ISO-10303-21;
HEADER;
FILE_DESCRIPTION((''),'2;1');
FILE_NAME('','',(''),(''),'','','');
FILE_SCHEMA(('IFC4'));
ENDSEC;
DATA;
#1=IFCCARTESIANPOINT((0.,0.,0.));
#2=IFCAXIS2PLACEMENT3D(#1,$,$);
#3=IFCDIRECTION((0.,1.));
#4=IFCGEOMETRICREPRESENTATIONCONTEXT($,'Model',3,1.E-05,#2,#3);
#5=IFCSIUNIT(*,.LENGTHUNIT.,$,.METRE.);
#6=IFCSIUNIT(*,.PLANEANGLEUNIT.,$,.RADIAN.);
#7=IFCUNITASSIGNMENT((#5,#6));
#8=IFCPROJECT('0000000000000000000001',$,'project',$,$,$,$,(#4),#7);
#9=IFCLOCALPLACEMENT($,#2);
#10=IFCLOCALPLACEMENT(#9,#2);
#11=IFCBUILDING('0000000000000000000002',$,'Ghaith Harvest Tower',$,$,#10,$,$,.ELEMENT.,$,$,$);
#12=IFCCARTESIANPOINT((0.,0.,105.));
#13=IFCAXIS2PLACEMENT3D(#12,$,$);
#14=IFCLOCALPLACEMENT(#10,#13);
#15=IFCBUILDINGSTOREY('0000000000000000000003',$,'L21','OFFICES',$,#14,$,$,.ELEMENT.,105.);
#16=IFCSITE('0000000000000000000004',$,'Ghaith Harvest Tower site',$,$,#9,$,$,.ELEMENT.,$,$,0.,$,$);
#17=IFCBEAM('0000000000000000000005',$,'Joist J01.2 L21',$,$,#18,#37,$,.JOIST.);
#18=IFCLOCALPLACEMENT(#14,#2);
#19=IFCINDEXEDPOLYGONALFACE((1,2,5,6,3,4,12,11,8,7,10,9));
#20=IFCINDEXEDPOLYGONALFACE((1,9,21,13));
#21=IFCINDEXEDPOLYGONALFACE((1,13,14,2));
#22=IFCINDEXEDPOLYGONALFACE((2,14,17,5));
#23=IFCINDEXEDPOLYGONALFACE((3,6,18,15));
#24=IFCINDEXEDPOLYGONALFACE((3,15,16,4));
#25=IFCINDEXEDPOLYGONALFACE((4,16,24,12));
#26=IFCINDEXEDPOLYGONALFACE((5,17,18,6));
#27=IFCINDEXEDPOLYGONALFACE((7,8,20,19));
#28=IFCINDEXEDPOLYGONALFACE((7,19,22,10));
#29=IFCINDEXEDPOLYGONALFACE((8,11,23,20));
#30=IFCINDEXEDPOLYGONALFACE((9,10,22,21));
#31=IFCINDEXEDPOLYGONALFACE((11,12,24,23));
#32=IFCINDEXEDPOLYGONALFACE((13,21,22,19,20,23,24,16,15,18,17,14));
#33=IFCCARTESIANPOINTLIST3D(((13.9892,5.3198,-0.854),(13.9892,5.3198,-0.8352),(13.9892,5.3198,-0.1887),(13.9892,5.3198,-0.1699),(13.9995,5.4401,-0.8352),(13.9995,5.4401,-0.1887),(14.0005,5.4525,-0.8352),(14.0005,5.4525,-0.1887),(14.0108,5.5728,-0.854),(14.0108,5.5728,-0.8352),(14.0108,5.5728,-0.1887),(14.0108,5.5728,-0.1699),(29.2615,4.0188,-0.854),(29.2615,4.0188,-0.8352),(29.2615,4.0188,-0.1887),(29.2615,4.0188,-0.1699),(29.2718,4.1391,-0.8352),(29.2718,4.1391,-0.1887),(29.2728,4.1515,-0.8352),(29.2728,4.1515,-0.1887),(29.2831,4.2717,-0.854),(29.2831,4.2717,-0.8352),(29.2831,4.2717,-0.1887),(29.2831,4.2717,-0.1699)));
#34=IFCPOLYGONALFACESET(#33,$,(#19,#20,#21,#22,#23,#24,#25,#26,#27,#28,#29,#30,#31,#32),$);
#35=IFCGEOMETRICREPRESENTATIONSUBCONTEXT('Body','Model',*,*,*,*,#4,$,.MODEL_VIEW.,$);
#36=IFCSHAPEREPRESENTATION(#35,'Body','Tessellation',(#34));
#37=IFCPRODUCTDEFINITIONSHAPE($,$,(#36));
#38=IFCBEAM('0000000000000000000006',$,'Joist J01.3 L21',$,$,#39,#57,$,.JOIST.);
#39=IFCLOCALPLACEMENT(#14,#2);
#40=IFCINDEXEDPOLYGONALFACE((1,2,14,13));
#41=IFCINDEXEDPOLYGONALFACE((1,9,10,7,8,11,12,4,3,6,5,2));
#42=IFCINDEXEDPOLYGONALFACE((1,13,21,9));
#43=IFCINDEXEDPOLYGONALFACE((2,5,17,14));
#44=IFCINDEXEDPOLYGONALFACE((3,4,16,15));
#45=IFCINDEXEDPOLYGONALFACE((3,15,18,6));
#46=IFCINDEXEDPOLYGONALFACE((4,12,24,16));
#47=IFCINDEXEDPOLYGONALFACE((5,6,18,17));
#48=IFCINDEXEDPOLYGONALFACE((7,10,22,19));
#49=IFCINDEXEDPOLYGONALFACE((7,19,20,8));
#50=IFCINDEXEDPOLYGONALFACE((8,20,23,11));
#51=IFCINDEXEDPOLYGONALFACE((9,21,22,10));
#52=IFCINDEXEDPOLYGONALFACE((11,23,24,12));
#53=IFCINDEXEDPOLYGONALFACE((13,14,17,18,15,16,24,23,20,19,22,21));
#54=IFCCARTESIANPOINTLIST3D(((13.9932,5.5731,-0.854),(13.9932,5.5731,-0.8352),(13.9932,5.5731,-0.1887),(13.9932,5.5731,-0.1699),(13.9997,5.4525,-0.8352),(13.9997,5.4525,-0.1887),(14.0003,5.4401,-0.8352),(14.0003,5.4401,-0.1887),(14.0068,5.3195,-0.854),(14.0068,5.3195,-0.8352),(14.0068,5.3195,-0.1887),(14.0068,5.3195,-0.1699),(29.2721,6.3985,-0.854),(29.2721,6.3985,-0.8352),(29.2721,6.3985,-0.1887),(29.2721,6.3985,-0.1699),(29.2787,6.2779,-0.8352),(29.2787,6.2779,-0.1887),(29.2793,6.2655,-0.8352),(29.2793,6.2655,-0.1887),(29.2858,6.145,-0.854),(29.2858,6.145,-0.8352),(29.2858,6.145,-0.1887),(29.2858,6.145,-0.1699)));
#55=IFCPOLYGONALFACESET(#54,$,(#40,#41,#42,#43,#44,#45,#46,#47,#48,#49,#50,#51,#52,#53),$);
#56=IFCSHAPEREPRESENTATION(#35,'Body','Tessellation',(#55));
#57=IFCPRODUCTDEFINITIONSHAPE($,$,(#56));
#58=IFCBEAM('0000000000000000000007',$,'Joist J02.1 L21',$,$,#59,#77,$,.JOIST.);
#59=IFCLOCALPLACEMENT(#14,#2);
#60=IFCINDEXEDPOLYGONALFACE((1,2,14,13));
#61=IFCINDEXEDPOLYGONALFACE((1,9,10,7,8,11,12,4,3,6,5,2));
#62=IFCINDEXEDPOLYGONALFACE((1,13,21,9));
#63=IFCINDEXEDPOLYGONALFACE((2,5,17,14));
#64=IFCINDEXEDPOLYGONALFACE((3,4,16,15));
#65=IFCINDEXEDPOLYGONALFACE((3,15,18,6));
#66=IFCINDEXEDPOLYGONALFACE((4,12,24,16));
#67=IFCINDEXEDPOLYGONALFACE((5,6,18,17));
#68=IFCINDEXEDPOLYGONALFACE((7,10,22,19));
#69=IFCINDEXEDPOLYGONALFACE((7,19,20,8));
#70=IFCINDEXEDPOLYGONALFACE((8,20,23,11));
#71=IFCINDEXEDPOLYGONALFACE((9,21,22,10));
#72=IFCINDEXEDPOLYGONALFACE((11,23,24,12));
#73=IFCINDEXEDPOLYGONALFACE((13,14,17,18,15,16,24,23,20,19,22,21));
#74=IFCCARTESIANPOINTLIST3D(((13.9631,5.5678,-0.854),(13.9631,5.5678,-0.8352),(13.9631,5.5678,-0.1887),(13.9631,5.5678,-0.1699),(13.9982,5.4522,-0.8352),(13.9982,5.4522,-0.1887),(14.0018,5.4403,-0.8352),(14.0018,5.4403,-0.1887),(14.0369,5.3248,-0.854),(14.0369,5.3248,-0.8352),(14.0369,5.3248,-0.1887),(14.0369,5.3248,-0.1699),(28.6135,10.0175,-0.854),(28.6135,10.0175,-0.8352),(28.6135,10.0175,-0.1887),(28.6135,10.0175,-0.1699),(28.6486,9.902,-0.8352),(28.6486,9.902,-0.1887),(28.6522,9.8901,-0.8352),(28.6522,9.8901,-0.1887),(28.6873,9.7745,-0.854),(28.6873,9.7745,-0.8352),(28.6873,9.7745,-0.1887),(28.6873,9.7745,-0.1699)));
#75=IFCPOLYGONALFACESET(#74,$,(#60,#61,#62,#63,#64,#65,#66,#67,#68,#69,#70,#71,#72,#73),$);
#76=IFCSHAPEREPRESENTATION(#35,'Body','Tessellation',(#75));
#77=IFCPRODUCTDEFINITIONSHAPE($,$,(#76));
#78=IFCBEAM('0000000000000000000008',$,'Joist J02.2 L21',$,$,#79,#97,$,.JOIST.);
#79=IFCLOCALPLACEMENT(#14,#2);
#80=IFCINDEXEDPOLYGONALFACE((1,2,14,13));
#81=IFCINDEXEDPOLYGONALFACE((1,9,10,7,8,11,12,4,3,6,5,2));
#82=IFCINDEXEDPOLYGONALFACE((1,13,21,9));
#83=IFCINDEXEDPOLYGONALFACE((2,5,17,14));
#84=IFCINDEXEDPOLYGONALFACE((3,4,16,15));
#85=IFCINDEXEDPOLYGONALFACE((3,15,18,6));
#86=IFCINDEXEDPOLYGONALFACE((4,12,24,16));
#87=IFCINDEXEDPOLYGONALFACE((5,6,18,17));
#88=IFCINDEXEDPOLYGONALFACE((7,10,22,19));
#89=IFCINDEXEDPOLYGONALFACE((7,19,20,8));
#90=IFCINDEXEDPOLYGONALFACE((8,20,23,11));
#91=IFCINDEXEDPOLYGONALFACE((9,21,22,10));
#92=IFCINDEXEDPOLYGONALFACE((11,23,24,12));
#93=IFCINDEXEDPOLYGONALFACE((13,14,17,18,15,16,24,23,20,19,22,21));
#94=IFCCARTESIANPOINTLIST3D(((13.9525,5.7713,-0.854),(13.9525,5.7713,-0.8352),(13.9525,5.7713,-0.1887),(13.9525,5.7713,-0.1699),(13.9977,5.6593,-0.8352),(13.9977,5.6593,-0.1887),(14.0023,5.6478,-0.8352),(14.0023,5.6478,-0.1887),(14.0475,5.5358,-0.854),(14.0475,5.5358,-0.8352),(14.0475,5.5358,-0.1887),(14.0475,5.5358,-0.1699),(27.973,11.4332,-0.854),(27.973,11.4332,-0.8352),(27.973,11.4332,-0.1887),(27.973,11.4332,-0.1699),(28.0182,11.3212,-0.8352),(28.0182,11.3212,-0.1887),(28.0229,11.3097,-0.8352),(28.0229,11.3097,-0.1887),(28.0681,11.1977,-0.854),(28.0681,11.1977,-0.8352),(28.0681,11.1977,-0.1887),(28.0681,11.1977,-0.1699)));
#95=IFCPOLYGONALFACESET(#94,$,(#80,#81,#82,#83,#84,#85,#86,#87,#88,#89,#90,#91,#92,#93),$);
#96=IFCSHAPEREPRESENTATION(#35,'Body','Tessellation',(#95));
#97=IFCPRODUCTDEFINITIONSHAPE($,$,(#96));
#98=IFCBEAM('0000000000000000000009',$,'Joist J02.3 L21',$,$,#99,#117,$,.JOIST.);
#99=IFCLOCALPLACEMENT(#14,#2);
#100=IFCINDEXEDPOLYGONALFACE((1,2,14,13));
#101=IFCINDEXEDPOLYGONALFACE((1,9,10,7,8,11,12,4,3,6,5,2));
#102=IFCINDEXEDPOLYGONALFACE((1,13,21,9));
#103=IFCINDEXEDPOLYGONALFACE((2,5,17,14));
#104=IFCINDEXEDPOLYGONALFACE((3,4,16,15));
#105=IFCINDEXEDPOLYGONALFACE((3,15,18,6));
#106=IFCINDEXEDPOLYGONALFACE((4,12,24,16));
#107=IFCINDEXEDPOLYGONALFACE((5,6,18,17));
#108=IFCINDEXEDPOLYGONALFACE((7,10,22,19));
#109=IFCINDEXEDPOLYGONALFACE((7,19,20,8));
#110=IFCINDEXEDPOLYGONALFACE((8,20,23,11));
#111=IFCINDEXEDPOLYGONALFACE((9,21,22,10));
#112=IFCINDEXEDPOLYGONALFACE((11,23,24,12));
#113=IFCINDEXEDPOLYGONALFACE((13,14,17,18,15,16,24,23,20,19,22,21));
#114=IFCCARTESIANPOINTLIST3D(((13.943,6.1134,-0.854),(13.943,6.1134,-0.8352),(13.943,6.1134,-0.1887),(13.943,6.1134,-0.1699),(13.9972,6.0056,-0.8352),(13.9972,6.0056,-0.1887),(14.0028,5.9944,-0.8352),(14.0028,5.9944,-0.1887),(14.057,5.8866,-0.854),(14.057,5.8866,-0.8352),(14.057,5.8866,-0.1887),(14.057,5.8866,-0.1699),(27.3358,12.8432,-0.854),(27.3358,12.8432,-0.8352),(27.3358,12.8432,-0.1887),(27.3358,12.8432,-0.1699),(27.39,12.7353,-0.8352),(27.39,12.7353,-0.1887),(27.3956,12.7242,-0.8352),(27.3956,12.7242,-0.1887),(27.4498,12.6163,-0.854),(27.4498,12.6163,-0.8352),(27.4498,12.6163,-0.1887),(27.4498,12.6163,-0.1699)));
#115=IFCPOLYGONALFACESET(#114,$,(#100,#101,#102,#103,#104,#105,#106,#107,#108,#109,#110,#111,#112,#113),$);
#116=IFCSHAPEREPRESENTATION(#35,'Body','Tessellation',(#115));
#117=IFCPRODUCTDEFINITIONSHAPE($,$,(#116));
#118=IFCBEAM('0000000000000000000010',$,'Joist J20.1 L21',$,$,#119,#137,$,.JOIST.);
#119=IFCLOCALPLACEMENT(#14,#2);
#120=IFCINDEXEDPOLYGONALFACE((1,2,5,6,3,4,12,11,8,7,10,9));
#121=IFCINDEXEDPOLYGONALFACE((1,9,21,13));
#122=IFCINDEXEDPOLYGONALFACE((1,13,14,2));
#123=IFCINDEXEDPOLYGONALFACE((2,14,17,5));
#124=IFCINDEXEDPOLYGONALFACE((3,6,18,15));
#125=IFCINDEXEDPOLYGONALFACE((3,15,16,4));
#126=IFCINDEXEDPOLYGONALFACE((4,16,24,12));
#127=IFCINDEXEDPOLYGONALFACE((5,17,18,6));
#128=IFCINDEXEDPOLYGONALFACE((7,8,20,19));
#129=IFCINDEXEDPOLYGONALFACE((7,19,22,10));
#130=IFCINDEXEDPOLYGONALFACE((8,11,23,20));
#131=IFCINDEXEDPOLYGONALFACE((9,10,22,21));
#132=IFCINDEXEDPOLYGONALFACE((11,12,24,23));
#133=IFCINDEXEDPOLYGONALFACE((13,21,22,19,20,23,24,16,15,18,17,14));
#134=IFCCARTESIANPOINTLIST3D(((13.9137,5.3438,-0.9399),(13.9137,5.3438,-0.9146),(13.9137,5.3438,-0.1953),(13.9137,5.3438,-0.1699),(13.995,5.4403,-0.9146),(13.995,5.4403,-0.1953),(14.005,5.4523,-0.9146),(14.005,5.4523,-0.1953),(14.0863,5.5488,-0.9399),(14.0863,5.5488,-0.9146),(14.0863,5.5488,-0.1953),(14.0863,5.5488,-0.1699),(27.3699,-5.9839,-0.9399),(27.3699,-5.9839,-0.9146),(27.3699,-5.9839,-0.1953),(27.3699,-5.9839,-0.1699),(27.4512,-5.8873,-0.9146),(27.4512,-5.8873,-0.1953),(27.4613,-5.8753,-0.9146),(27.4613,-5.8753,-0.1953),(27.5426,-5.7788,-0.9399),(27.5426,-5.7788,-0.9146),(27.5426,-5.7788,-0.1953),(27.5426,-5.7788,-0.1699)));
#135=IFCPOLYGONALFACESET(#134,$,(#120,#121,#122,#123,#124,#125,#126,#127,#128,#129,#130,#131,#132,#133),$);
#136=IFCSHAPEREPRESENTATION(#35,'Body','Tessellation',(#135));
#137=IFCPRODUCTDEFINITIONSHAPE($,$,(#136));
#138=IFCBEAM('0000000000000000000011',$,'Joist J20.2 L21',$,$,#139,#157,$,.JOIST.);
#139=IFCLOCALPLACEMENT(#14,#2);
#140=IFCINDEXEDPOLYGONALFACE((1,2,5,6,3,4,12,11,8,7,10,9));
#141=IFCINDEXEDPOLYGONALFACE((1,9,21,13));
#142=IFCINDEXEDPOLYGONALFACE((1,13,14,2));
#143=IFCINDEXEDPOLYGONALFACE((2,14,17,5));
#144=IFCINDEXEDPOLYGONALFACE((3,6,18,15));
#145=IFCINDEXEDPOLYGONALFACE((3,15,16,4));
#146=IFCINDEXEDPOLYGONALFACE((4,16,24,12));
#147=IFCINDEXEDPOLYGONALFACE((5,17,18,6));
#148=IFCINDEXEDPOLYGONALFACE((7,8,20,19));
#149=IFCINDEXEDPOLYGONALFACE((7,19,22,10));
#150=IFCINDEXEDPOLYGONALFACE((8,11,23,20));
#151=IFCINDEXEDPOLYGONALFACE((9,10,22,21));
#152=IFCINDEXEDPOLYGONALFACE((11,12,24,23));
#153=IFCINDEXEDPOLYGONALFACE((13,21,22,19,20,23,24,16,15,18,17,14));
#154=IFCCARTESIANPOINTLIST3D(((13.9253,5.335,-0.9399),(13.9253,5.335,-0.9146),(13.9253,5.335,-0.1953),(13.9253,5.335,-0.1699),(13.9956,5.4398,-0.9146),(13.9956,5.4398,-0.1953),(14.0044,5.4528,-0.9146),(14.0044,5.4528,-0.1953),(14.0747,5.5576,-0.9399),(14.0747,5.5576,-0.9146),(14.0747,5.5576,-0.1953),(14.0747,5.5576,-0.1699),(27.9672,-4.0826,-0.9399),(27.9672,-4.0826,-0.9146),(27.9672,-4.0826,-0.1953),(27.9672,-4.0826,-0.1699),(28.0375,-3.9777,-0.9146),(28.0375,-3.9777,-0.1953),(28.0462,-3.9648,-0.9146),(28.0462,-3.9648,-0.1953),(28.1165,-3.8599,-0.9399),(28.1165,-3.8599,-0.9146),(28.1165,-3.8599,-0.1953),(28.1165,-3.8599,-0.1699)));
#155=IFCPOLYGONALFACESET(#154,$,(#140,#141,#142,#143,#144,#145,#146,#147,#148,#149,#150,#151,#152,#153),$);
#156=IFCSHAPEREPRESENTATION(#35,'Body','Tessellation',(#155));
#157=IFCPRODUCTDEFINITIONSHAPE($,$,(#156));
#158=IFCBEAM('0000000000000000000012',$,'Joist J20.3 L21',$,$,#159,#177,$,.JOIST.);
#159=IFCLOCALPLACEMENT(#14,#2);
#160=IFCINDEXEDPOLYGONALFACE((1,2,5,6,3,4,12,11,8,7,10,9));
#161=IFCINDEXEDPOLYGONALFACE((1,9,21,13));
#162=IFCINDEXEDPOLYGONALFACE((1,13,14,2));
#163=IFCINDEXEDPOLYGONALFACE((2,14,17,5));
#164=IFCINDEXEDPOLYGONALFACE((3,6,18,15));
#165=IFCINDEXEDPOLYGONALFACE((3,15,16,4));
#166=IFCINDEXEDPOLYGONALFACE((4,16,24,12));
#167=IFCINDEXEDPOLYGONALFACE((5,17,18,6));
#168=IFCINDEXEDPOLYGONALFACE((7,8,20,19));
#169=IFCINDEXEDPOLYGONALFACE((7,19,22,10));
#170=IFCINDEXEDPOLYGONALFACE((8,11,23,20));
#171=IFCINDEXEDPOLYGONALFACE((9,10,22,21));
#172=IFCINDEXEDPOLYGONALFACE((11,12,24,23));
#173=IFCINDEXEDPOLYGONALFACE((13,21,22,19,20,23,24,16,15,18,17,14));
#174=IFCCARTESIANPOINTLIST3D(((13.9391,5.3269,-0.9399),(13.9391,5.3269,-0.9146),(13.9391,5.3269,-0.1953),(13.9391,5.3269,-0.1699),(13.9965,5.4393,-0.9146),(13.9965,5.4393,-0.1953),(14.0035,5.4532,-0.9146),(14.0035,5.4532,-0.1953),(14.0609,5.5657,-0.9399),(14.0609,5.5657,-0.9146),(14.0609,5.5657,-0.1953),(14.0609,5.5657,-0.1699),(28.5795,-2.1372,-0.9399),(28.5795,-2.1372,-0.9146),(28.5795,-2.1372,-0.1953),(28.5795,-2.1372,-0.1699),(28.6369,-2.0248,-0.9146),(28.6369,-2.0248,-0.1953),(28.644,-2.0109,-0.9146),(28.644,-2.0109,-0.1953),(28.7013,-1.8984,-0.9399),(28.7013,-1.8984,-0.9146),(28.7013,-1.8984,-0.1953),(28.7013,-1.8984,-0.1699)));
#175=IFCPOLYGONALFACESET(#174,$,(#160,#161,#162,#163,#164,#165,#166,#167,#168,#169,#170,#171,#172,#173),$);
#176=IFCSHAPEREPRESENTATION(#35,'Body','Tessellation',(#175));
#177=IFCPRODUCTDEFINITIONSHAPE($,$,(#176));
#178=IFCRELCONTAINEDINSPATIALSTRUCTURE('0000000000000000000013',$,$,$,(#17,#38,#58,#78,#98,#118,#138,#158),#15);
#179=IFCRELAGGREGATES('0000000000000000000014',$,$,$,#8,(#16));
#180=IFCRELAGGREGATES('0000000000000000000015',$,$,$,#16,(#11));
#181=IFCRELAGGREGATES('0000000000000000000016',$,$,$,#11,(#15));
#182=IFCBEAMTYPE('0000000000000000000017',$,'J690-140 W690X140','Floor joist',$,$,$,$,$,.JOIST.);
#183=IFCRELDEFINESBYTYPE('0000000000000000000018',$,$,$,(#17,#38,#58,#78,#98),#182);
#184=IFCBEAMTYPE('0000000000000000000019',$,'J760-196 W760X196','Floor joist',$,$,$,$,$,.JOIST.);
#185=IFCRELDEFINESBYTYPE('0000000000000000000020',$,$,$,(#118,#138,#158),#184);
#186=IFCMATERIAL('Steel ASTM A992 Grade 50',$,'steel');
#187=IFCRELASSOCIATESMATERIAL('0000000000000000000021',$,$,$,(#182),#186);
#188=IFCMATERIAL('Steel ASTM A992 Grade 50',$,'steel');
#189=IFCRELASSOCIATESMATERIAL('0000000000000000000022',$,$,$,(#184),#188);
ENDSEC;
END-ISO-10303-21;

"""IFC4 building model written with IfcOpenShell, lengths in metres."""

from ifc_helpers import new_model, si_unit, direction, frame, origin, origin_2d, place, context, subcontext, project, spatial, i_section, extrude, material, material_profile, profile_set, type_object, element, save


model = new_model("IFC4")

# Units and contexts
model_context = context("Model", 3, precision=1e-05, world=origin(), true_north=direction((0.0, 1.0)))
body_context = subcontext(model_context, "Body", "Model", "MODEL_VIEW")
ifc_project = project(units=[si_unit("LENGTHUNIT", "METRE"), si_unit("PLANEANGLEUNIT", "RADIAN")], contexts=[model_context])

# Site, building, storey
site_placement = place(None, origin())
site = spatial("IfcSite", under=ifc_project, at=site_placement, Name="Ghaith Harvest Tower site", CompositionType="ELEMENT", RefElevation=0.0)
building_placement = place(site_placement, origin())
building = spatial("IfcBuilding", under=site, at=building_placement, Name="Ghaith Harvest Tower", CompositionType="ELEMENT")
storey_placement = place(building_placement, frame((0.0, 0.0, 105.0)))
storey = spatial("IfcBuildingStorey", under=building, at=storey_placement, Name="L21", Description="OFFICES", CompositionType="ELEMENT", Elevation=105.0)

# Beams
ifc_material_1 = material(Name="Steel ASTM A992 Grade 50", Category="steel")
ifc_material_profile_1 = material_profile(ifc_material_1, i_section(OverallWidth=0.2539, OverallDepth=0.6841, WebThickness=0.0125, FlangeThickness=0.0188, at=origin_2d()), Name="W690X140")
ifc_profile_set_1 = profile_set([ifc_material_profile_1], Name="Steel ASTM A992 Grade 50")
beam_type_1 = type_object("IfcBeamType", Name="J690-140 W690X140", Description="Floor joist", PredefinedType="JOIST", material=ifc_profile_set_1)
beam_1_placement = place(storey_placement, frame((14.0, 5.4463, -0.512), z_axis=(0.996391, -0.084882, 0.0), x_axis=(0.084882, 0.996391, 0.0)))
element("IfcBeam", 1, at=beam_1_placement, inside=storey, type_object=beam_type_1, Name="Joist J01.2 L21", PredefinedType="JOIST", context=body_context, shape_type="SweptSolid", body=[
    extrude(i_section(OverallWidth=0.2539, OverallDepth=0.6841, WebThickness=0.0125, FlangeThickness=0.0188, at=origin_2d()), origin(), (0.0, 0.0, 1.0), 15.3276),
])
beam_2_placement = place(storey_placement, frame((14.0, 5.4463, -0.512), z_axis=(0.998544, 0.053946, 0.0), x_axis=(-0.053946, 0.998544, 0.0)))
element("IfcBeam", 2, at=beam_2_placement, inside=storey, type_object=beam_type_1, Name="Joist J01.3 L21", PredefinedType="JOIST", context=body_context, shape_type="SweptSolid", body=[
    extrude(i_section(OverallWidth=0.2539, OverallDepth=0.6841, WebThickness=0.0125, FlangeThickness=0.0188, at=origin_2d()), origin(), (0.0, 0.0, 1.0), 15.3013),
])
beam_3_placement = place(storey_placement, frame((14.0, 5.4463, -0.512), z_axis=(0.956839, 0.290617, 0.0), x_axis=(-0.290617, 0.956839, 0.0)))
element("IfcBeam", 3, at=beam_3_placement, inside=storey, type_object=beam_type_1, Name="Joist J02.1 L21", PredefinedType="JOIST", context=body_context, shape_type="SweptSolid", body=[
    extrude(i_section(OverallWidth=0.2539, OverallDepth=0.6841, WebThickness=0.0125, FlangeThickness=0.0188, at=origin_2d()), origin(), (0.0, 0.0, 1.0), 15.3113),
])
beam_4_placement = place(storey_placement, frame((14.0, 5.6536, -0.512), z_axis=(0.927248, 0.374448, 0.0), x_axis=(-0.374448, 0.927248, 0.0)))
element("IfcBeam", 4, at=beam_4_placement, inside=storey, type_object=beam_type_1, Name="Joist J02.2 L21", PredefinedType="JOIST", context=body_context, shape_type="SweptSolid", body=[
    extrude(i_section(OverallWidth=0.2539, OverallDepth=0.6841, WebThickness=0.0125, FlangeThickness=0.0188, at=origin_2d()), origin(), (0.0, 0.0, 1.0), 15.1206),
])
beam_5_placement = place(storey_placement, frame((14.0, 6.0, -0.512), z_axis=(0.893536, 0.448991, 0.0), x_axis=(-0.448991, 0.893536, 0.0)))
element("IfcBeam", 5, at=beam_5_placement, inside=storey, type_object=beam_type_1, Name="Joist J02.3 L21", PredefinedType="JOIST", context=body_context, shape_type="SweptSolid", body=[
    extrude(i_section(OverallWidth=0.2539, OverallDepth=0.6841, WebThickness=0.0125, FlangeThickness=0.0188, at=origin_2d()), origin(), (0.0, 0.0, 1.0), 14.9885),
])
ifc_material_2 = material(Name="Steel ASTM A992 Grade 50", Category="steel")
ifc_material_profile_2 = material_profile(ifc_material_2, i_section(OverallWidth=0.2681, OverallDepth=0.77, WebThickness=0.0156, FlangeThickness=0.0254, at=origin_2d()), Name="W760X196")
ifc_profile_set_2 = profile_set([ifc_material_profile_2], Name="Steel ASTM A992 Grade 50")
beam_type_2 = type_object("IfcBeamType", Name="J760-196 W760X196", Description="Floor joist", PredefinedType="JOIST", material=ifc_profile_set_2)
beam_6_placement = place(storey_placement, frame((14.0, 5.4463, -0.5549), z_axis=(0.765023, -0.644003, 0.0), x_axis=(0.644003, 0.765023, 0.0)))
element("IfcBeam", 6, at=beam_6_placement, inside=storey, type_object=beam_type_2, Name="Joist J20.1 L21", PredefinedType="JOIST", context=body_context, shape_type="SweptSolid", body=[
    extrude(i_section(OverallWidth=0.2681, OverallDepth=0.77, WebThickness=0.0156, FlangeThickness=0.0254, at=origin_2d()), origin(), (0.0, 0.0, 1.0), 17.5894),
])
beam_7_placement = place(storey_placement, frame((14.0, 5.4463, -0.5549), z_axis=(0.83051, -0.557004, 0.0), x_axis=(0.557004, 0.83051, 0.0)))
element("IfcBeam", 7, at=beam_7_placement, inside=storey, type_object=beam_type_2, Name="Joist J20.2 L21", PredefinedType="JOIST", context=body_context, shape_type="SweptSolid", body=[
    extrude(i_section(OverallWidth=0.2681, OverallDepth=0.77, WebThickness=0.0156, FlangeThickness=0.0254, at=origin_2d()), origin(), (0.0, 0.0, 1.0), 16.9075),
])
beam_8_placement = place(storey_placement, frame((14.0, 5.4463, -0.5549), z_axis=(0.890897, -0.454206, 0.0), x_axis=(0.454206, 0.890897, 0.0)))
element("IfcBeam", 8, at=beam_8_placement, inside=storey, type_object=beam_type_2, Name="Joist J20.3 L21", PredefinedType="JOIST", context=body_context, shape_type="SweptSolid", body=[
    extrude(i_section(OverallWidth=0.2681, OverallDepth=0.77, WebThickness=0.0156, FlangeThickness=0.0254, at=origin_2d()), origin(), (0.0, 0.0, 1.0), 16.4333),
])

save(model, "model.ifc")
